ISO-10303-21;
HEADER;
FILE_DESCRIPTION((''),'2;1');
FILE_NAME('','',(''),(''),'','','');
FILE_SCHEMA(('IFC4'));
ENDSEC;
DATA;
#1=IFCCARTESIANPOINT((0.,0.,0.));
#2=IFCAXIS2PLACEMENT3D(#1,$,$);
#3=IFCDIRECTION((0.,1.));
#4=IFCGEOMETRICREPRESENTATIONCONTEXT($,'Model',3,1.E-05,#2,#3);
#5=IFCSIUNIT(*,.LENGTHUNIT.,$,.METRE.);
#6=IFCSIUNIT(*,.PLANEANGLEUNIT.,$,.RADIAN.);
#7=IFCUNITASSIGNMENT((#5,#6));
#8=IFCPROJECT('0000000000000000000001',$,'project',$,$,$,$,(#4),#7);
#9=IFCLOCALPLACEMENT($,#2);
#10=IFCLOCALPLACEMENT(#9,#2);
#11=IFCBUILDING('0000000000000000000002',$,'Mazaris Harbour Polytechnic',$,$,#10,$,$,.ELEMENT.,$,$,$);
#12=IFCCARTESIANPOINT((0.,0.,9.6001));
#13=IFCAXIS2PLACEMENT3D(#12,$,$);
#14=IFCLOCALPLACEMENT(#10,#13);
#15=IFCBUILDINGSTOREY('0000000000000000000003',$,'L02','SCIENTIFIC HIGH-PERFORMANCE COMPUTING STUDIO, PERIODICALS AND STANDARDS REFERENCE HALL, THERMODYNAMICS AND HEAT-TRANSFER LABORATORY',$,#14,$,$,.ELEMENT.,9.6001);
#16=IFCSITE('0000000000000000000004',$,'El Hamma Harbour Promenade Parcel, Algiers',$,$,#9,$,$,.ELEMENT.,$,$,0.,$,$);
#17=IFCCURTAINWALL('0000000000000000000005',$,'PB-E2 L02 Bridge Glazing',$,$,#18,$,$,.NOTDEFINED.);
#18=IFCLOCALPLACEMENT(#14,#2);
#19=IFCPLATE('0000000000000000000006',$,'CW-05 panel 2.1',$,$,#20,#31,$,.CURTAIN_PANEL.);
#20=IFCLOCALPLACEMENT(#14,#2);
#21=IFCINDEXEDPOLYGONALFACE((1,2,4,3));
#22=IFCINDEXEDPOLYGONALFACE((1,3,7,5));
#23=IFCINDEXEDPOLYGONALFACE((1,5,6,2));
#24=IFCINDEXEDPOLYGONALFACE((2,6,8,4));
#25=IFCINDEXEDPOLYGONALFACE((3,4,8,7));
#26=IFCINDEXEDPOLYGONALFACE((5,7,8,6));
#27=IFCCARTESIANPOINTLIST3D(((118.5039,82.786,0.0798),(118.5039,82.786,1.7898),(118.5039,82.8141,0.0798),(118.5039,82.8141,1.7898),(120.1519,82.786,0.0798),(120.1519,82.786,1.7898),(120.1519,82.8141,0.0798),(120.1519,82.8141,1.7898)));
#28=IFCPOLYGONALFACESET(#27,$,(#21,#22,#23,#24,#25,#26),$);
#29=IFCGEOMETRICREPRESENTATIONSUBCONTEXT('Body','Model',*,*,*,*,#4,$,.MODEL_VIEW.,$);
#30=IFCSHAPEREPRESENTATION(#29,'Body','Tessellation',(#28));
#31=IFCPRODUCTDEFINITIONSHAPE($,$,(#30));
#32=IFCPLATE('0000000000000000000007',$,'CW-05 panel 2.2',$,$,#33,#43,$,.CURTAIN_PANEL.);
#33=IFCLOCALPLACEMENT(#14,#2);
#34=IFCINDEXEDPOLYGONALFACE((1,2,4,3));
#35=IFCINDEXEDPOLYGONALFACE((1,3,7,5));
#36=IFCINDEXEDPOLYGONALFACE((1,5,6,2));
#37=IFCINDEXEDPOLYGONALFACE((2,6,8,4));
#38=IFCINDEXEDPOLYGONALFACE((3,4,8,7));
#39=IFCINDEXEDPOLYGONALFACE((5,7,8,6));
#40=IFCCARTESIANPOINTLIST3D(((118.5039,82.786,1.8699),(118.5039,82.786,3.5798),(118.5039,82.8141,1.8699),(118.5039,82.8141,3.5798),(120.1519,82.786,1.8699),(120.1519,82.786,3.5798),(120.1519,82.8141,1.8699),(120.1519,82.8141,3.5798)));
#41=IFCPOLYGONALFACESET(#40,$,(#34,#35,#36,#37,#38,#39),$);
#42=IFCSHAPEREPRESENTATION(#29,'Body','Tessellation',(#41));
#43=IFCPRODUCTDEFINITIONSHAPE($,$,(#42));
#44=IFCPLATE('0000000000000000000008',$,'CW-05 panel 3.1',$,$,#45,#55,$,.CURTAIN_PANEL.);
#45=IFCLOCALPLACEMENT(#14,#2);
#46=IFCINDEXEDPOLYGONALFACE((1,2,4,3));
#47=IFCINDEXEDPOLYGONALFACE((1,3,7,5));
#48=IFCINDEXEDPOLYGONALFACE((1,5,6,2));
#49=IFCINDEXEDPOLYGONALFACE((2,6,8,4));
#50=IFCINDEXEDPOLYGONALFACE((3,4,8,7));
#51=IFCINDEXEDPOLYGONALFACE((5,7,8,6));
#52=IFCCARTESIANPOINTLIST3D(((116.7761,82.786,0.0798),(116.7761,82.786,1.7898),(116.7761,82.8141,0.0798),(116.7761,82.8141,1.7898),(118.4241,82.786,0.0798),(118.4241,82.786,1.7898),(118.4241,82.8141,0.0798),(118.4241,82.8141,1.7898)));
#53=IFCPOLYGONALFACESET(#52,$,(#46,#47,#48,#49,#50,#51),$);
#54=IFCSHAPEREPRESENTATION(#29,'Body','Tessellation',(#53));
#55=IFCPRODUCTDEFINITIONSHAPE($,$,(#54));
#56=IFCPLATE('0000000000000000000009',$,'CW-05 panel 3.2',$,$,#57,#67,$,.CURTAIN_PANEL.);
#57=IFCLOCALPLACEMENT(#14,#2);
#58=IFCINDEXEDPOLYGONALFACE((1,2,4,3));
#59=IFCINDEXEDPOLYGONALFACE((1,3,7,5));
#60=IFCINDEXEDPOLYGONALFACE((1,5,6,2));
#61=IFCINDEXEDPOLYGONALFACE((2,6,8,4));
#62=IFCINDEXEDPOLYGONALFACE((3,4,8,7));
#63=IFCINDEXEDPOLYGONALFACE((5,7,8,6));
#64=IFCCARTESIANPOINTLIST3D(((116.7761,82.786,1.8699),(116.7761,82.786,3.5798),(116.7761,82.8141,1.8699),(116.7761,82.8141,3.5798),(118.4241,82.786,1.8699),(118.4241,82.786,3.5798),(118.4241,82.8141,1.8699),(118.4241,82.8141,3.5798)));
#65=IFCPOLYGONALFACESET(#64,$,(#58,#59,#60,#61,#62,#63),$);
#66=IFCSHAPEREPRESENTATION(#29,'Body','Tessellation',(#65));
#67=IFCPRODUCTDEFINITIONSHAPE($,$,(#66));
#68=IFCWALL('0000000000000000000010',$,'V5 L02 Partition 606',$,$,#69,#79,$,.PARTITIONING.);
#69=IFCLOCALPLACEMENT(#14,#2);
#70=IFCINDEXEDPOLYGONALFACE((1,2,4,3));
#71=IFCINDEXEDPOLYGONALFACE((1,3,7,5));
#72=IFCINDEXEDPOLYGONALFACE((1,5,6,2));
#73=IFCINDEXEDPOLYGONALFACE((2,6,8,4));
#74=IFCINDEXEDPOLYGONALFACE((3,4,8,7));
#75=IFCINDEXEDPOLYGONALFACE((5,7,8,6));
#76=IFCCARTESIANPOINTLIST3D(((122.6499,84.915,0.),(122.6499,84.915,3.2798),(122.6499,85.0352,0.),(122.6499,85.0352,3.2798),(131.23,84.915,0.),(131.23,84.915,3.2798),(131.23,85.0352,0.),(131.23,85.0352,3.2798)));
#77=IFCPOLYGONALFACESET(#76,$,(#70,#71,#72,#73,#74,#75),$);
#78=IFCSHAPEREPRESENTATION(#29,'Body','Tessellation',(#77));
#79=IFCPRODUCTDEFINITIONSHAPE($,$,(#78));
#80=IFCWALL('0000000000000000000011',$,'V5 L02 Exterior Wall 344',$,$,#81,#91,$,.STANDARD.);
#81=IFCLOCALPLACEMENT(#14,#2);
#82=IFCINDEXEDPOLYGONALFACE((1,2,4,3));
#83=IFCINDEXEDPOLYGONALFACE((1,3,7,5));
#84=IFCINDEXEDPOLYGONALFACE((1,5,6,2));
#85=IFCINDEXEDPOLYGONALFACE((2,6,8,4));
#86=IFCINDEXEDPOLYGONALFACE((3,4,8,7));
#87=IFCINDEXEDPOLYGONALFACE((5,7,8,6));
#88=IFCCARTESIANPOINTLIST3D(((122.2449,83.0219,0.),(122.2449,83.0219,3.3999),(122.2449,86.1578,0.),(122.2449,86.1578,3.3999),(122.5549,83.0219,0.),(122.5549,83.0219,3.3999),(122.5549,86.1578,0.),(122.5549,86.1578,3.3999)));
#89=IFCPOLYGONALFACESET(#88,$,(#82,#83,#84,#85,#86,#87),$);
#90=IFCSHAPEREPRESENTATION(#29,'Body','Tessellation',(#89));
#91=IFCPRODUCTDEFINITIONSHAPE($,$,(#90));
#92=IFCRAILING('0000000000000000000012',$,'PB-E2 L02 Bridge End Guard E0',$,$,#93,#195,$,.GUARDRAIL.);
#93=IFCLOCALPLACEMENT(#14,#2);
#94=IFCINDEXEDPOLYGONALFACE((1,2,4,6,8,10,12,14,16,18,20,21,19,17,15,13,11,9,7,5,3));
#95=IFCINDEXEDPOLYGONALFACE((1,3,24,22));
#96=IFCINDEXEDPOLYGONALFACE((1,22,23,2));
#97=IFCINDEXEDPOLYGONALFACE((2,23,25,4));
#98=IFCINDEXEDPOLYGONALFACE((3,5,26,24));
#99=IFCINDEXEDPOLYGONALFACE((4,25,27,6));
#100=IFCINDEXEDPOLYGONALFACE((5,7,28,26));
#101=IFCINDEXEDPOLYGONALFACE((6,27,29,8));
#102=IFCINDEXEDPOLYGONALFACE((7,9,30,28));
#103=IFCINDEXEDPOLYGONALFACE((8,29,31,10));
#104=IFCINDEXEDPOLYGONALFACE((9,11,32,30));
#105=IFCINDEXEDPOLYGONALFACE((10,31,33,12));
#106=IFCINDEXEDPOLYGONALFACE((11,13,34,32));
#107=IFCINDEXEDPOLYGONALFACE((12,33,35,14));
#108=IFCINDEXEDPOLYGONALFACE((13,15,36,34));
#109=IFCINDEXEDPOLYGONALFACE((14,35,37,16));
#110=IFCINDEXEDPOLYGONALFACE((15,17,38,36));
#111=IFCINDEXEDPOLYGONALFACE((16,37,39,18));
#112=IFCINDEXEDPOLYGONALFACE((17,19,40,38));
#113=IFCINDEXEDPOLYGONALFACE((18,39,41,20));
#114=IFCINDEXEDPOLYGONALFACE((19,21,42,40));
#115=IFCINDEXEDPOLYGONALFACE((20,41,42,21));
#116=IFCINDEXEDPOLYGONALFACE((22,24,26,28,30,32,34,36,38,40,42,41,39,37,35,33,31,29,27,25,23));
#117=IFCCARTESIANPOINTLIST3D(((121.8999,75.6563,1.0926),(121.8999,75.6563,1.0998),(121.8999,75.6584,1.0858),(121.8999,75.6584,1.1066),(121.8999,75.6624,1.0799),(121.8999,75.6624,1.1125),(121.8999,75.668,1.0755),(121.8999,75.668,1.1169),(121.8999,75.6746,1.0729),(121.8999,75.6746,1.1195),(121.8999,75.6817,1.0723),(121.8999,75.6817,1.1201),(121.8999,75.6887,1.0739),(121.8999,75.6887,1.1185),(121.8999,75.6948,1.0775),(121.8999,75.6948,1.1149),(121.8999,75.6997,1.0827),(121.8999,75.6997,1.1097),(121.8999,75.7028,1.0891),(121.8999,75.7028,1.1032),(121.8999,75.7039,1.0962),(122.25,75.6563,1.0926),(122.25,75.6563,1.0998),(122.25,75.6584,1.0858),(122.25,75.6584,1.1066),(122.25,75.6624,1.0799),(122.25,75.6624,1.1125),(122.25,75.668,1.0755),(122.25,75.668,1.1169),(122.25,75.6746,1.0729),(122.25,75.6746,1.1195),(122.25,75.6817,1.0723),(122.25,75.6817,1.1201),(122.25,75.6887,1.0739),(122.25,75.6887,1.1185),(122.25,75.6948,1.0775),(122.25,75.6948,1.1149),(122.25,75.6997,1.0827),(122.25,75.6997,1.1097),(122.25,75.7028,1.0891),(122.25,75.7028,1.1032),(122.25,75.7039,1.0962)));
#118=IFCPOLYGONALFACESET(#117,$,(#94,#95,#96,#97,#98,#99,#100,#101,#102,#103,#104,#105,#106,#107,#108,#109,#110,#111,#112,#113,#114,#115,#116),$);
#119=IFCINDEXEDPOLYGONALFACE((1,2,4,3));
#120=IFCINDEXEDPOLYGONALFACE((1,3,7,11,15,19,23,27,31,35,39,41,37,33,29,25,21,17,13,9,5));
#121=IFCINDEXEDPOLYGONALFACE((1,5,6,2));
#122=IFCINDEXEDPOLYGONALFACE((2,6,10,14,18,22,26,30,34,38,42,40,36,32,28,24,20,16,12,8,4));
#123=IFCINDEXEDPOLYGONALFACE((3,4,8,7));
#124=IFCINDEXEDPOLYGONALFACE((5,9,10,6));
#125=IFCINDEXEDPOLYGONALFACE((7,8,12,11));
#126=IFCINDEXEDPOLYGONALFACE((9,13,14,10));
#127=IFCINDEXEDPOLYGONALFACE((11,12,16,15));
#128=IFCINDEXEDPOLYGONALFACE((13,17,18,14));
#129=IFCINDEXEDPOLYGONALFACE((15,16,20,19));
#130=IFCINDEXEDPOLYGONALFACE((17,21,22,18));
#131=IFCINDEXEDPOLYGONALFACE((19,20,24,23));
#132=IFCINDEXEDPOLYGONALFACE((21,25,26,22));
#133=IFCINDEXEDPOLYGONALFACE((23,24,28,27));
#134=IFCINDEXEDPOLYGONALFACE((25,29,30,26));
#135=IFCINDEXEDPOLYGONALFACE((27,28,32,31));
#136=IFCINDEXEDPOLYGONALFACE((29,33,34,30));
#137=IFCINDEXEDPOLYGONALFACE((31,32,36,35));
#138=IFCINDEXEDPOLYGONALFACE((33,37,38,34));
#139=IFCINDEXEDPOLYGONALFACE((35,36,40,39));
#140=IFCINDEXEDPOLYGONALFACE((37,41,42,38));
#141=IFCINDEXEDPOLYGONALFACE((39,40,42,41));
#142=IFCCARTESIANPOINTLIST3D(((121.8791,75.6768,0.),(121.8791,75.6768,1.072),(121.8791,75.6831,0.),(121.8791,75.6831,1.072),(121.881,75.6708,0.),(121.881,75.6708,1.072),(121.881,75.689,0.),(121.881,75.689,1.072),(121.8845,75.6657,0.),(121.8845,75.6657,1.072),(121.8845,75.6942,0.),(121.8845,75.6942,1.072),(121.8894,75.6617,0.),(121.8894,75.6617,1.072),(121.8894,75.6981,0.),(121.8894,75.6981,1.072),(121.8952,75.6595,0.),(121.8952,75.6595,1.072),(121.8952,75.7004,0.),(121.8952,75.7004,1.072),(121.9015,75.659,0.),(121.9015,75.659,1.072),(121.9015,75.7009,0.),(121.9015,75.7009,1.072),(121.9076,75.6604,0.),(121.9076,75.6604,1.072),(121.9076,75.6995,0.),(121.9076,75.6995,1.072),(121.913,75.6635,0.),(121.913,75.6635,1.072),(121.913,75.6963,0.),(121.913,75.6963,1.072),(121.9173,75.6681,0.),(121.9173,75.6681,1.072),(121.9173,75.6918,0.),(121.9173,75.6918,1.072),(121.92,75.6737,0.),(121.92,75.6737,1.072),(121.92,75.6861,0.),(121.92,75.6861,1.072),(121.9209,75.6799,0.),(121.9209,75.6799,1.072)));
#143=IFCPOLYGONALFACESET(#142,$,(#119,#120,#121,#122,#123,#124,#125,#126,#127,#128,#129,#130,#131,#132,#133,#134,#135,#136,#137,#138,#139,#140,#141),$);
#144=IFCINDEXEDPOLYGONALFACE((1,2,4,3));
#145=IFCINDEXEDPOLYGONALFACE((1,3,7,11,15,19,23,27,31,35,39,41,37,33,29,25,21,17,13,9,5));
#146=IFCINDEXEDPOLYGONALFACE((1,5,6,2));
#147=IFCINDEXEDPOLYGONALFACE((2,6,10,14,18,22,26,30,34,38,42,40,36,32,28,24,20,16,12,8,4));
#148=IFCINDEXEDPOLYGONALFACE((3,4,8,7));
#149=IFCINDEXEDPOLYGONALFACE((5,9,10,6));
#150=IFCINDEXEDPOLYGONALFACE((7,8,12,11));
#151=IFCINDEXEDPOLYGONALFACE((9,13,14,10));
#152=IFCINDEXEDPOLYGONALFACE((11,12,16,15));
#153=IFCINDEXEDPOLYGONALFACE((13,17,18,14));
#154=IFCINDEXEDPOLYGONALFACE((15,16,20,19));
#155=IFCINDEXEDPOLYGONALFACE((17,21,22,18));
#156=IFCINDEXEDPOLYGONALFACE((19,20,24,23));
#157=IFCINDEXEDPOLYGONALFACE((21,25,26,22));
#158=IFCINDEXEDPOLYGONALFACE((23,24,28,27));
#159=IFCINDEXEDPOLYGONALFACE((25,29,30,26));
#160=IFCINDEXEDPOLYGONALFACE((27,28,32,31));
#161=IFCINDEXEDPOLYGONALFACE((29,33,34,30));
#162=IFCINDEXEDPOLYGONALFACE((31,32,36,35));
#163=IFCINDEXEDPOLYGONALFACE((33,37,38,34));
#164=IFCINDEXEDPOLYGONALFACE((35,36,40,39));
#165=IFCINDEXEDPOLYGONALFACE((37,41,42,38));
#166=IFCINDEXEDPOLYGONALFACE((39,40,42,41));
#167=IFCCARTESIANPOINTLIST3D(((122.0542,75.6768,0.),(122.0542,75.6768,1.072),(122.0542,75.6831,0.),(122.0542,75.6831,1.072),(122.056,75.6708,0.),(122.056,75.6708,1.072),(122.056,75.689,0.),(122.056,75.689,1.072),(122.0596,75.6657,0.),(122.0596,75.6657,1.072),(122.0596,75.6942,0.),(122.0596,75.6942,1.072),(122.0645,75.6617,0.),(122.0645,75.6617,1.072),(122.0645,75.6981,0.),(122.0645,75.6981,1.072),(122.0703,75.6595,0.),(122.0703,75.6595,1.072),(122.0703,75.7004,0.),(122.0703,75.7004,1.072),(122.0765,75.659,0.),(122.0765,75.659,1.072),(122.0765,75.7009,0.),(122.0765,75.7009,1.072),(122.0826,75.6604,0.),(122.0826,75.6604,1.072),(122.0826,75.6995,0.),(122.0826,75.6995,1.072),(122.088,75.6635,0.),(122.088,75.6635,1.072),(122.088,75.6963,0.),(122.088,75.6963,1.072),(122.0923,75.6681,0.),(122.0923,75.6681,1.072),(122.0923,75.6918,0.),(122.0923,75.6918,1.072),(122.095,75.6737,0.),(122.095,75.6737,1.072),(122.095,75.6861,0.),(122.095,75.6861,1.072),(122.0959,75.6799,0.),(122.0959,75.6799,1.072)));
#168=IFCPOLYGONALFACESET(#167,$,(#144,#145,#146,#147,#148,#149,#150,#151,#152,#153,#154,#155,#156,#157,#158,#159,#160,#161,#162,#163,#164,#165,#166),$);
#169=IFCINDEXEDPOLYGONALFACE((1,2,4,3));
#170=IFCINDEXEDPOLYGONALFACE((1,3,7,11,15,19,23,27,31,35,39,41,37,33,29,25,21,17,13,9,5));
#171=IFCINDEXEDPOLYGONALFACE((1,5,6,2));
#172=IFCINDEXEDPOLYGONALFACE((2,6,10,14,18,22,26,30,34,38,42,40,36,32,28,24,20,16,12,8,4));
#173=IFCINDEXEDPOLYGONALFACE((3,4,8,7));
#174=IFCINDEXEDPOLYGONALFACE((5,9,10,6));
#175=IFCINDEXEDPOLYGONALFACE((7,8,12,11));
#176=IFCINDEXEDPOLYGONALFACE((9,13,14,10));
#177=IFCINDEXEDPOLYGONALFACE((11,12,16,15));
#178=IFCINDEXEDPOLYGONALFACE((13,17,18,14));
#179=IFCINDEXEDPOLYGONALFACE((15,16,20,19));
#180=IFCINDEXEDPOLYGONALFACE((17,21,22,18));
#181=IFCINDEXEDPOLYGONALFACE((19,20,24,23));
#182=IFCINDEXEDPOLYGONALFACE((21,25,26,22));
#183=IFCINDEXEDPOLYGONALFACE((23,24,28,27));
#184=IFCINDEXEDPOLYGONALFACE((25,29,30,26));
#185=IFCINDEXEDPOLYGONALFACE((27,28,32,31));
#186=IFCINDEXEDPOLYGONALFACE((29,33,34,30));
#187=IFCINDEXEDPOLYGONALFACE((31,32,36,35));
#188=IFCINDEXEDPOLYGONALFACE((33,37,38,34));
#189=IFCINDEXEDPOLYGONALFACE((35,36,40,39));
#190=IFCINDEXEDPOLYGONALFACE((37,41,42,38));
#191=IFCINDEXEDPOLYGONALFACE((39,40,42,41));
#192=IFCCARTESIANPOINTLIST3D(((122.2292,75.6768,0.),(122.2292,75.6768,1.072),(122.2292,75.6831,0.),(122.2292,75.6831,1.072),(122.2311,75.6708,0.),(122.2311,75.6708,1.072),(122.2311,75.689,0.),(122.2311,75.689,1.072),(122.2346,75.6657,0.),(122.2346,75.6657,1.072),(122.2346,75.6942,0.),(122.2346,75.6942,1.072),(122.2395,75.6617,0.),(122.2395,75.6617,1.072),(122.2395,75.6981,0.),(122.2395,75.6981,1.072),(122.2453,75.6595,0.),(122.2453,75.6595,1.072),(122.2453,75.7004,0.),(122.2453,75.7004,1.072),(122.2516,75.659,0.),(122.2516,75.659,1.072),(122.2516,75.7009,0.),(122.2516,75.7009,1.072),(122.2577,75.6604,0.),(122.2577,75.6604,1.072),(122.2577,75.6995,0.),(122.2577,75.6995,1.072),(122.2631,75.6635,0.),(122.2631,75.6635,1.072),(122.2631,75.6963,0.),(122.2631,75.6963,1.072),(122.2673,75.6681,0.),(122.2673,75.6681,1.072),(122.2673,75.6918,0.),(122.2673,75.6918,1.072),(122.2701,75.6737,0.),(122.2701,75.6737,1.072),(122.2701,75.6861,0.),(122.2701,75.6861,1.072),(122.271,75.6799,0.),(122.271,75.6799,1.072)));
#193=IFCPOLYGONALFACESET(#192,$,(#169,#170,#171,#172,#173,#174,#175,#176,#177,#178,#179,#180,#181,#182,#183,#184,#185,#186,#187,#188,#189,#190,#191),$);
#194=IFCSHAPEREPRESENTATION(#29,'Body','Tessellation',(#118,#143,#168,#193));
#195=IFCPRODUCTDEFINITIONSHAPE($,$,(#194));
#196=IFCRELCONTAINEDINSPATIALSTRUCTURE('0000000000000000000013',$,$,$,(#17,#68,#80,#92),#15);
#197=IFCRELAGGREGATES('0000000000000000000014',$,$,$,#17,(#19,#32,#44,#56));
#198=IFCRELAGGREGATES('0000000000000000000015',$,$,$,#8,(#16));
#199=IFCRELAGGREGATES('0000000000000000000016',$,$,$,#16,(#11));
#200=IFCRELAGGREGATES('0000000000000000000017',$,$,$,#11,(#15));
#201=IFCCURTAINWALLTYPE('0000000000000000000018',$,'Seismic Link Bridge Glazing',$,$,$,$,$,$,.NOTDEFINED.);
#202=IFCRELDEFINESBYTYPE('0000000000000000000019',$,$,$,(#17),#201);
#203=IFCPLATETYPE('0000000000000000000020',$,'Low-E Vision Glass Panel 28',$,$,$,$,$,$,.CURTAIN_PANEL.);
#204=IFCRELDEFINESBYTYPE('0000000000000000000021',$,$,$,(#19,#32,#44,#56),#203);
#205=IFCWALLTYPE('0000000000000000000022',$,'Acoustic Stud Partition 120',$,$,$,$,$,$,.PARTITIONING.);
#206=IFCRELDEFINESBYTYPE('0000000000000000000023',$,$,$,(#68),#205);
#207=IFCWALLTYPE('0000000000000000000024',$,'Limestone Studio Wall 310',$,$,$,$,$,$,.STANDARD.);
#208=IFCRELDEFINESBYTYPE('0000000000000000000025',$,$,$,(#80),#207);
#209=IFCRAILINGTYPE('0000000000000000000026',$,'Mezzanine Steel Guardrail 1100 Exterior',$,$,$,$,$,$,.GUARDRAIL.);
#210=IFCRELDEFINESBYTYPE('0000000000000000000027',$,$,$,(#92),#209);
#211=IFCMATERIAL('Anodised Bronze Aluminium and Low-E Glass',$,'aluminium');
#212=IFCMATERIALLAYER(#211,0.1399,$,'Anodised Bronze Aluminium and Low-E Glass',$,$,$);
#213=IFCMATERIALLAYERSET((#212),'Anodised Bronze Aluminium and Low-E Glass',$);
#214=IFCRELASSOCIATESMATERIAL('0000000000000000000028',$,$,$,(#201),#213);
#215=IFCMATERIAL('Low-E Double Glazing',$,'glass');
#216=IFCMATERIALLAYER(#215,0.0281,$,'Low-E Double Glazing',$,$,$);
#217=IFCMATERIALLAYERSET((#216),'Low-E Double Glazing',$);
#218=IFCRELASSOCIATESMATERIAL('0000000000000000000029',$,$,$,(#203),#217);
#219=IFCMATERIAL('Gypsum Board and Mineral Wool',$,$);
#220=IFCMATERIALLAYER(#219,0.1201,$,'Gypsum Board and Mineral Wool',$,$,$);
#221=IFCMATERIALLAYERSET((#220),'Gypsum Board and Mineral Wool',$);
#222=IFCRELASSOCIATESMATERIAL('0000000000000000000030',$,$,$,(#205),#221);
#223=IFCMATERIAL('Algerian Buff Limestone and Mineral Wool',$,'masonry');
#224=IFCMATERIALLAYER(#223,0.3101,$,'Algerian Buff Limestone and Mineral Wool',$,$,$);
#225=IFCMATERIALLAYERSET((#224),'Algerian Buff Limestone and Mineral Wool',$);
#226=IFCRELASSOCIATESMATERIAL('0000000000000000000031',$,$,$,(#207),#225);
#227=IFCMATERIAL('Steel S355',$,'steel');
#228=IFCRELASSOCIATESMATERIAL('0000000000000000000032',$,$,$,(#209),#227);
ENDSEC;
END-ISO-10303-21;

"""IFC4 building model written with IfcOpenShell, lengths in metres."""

from ifc_helpers import new_model, si_unit, direction, frame, frame_2d, origin, origin_2d, place, context, subcontext, project, spatial, rectangle, circle, extrude, material, layer, layer_set, type_object, element, aggregate, save


model = new_model("IFC4")

# Units and contexts
model_context = context("Model", 3, precision=1e-05, world=origin(), true_north=direction((0.0, 1.0)))
body_context = subcontext(model_context, "Body", "Model", "MODEL_VIEW")
ifc_project = project(units=[si_unit("LENGTHUNIT", "METRE"), si_unit("PLANEANGLEUNIT", "RADIAN")], contexts=[model_context])

# Site, building, storey
site_placement = place(None, origin())
site = spatial("IfcSite", under=ifc_project, at=site_placement, Name="El Hamma Harbour Promenade Parcel, Algiers", CompositionType="ELEMENT", RefElevation=0.0)
building_placement = place(site_placement, origin())
building = spatial("IfcBuilding", under=site, at=building_placement, Name="Mazaris Harbour Polytechnic", CompositionType="ELEMENT")
storey_placement = place(building_placement, frame((0.0, 0.0, 9.6001)))
storey = spatial("IfcBuildingStorey", under=building, at=storey_placement, Name="L02", Description="SCIENTIFIC HIGH-PERFORMANCE COMPUTING STUDIO, PERIODICALS AND STANDARDS REFERENCE HALL, THERMODYNAMICS AND HEAT-TRANSFER LABORATORY", CompositionType="ELEMENT", Elevation=9.6001)

# Shared definitions
ifc_material_1 = material(Name="Anodised Bronze Aluminium and Low-E Glass", Category="aluminium")
ifc_layer_1 = layer(ifc_material_1, 0.1399, Name="Anodised Bronze Aluminium and Low-E Glass")
ifc_layer_set_1 = layer_set([ifc_layer_1], Name="Anodised Bronze Aluminium and Low-E Glass")
curtain_wall_type = type_object("IfcCurtainWallType", Name="Seismic Link Bridge Glazing", PredefinedType="NOTDEFINED", material=ifc_layer_set_1)

# Curtain wall
curtain_wall_1_placement = place(storey_placement, origin())
curtain_wall_1 = element("IfcCurtainWall", 1, at=curtain_wall_1_placement, inside=storey, type_object=curtain_wall_type, Name="PB-E2 L02 Bridge Glazing", PredefinedType="NOTDEFINED")

# Plates
ifc_material_2 = material(Name="Low-E Double Glazing", Category="glass")
ifc_layer_2 = layer(ifc_material_2, 0.0281, Name="Low-E Double Glazing")
ifc_layer_set_2 = layer_set([ifc_layer_2], Name="Low-E Double Glazing")
plate_type_1 = type_object("IfcPlateType", Name="Low-E Vision Glass Panel 28", PredefinedType="CURTAIN_PANEL", material=ifc_layer_set_2)
plate_1_placement = place(storey_placement, frame((119.3279, 82.8, 0.0798), z_axis=(0.0, 0.0, 1.0), x_axis=(-1.0, 0.0, 0.0)))
plate_1 = element("IfcPlate", 2, at=plate_1_placement, type_object=plate_type_1, Name="CW-05 panel 2.1", PredefinedType="CURTAIN_PANEL", context=body_context, shape_type="SweptSolid", body=[
    extrude(rectangle(XDim=1.6479, YDim=0.0281, at=origin_2d()), origin(), (0.0, 0.0, 1.0), 1.71),
])
plate_2_placement = place(storey_placement, frame((119.3279, 82.8, 1.8699), z_axis=(0.0, 0.0, 1.0), x_axis=(-1.0, 0.0, 0.0)))
plate_2 = element("IfcPlate", 3, at=plate_2_placement, type_object=plate_type_1, Name="CW-05 panel 2.2", PredefinedType="CURTAIN_PANEL", context=body_context, shape_type="SweptSolid", body=[
    extrude(rectangle(XDim=1.6479, YDim=0.0281, at=origin_2d()), origin(), (0.0, 0.0, 1.0), 1.71),
])
plate_3_placement = place(storey_placement, frame((117.6001, 82.8, 0.0798), z_axis=(0.0, 0.0, 1.0), x_axis=(-1.0, 0.0, 0.0)))
plate_3 = element("IfcPlate", 4, at=plate_3_placement, type_object=plate_type_1, Name="CW-05 panel 3.1", PredefinedType="CURTAIN_PANEL", context=body_context, shape_type="SweptSolid", body=[
    extrude(rectangle(XDim=1.6479, YDim=0.0281, at=origin_2d()), origin(), (0.0, 0.0, 1.0), 1.71),
])
plate_4_placement = place(storey_placement, frame((117.6001, 82.8, 1.8699), z_axis=(0.0, 0.0, 1.0), x_axis=(-1.0, 0.0, 0.0)))
plate_4 = element("IfcPlate", 5, at=plate_4_placement, type_object=plate_type_1, Name="CW-05 panel 3.2", PredefinedType="CURTAIN_PANEL", context=body_context, shape_type="SweptSolid", body=[
    extrude(rectangle(XDim=1.6479, YDim=0.0281, at=origin_2d()), origin(), (0.0, 0.0, 1.0), 1.71),
])
aggregate(curtain_wall_1, [plate_1, plate_2, plate_3, plate_4])

# Walls
ifc_material_3 = material(Name="Gypsum Board and Mineral Wool")
ifc_layer_3 = layer(ifc_material_3, 0.1201, Name="Gypsum Board and Mineral Wool")
ifc_layer_set_3 = layer_set([ifc_layer_3], Name="Gypsum Board and Mineral Wool")
wall_type_1 = type_object("IfcWallType", Name="Acoustic Stud Partition 120", PredefinedType="PARTITIONING", material=ifc_layer_set_3)
wall_1_placement = place(storey_placement, frame((122.6499, 84.9751, 0.0), z_axis=(0.0, 0.0, 1.0), x_axis=(1.0, 0.0, 0.0)))
element("IfcWall", 6, at=wall_1_placement, inside=storey, type_object=wall_type_1, Name="V5 L02 Partition 606", PredefinedType="PARTITIONING", context=body_context, shape_type="SweptSolid", body=[
    extrude(rectangle(XDim=8.5801, YDim=0.1201, at=frame_2d((4.29, 0.0))), origin(), (0.0, 0.0, 1.0), 3.2798),
])
ifc_material_4 = material(Name="Algerian Buff Limestone and Mineral Wool", Category="masonry")
ifc_layer_4 = layer(ifc_material_4, 0.3101, Name="Algerian Buff Limestone and Mineral Wool")
ifc_layer_set_4 = layer_set([ifc_layer_4], Name="Algerian Buff Limestone and Mineral Wool")
wall_type_2 = type_object("IfcWallType", Name="Limestone Studio Wall 310", PredefinedType="STANDARD", material=ifc_layer_set_4)
wall_2_placement = place(storey_placement, frame((122.3999, 83.022, 0.0), z_axis=(0.0, 0.0, 1.0), x_axis=(0.0, 1.0, 0.0)))
element("IfcWall", 7, at=wall_2_placement, inside=storey, type_object=wall_type_2, Name="V5 L02 Exterior Wall 344", PredefinedType="STANDARD", context=body_context, shape_type="SweptSolid", body=[
    extrude(rectangle(XDim=3.136, YDim=0.3101, at=frame_2d((1.5679, 0.0))), origin(), (0.0, 0.0, 1.0), 3.3999),
])

# Railing
ifc_material_5 = material(Name="Steel S355", Category="steel")
railing_type = type_object("IfcRailingType", Name="Mezzanine Steel Guardrail 1100 Exterior", PredefinedType="GUARDRAIL", material=ifc_material_5)
for number, where, name in (
    (8, (121.8999, 75.6799, 0.0), "PB-E2 L02 Bridge End Guard E0"),
):
    element("IfcRailing", number, at=place(storey_placement, frame(where)), inside=storey, type_object=railing_type, Name=name, PredefinedType="GUARDRAIL", context=body_context, shape_type="SweptSolid", body=[
        extrude(circle(Radius=0.0239, at=origin_2d()), frame((0.0, 0.0, 1.0962), z_axis=(1.0, 0.0, 0.0), x_axis=(0.0, 1.0, 0.0)), (0.0, 0.0, 1.0), 0.3501),
        extrude(circle(Radius=0.021, at=origin_2d()), origin(), (0.0, 0.0, 1.0), 1.072),
        extrude(circle(Radius=0.021, at=origin_2d()), frame((0.175, 0.0, 0.0)), (0.0, 0.0, 1.0), 1.072),
        extrude(circle(Radius=0.021, at=origin_2d()), frame((0.3501, 0.0, 0.0)), (0.0, 0.0, 1.0), 1.072),
    ])

save(model, "model.ifc")
